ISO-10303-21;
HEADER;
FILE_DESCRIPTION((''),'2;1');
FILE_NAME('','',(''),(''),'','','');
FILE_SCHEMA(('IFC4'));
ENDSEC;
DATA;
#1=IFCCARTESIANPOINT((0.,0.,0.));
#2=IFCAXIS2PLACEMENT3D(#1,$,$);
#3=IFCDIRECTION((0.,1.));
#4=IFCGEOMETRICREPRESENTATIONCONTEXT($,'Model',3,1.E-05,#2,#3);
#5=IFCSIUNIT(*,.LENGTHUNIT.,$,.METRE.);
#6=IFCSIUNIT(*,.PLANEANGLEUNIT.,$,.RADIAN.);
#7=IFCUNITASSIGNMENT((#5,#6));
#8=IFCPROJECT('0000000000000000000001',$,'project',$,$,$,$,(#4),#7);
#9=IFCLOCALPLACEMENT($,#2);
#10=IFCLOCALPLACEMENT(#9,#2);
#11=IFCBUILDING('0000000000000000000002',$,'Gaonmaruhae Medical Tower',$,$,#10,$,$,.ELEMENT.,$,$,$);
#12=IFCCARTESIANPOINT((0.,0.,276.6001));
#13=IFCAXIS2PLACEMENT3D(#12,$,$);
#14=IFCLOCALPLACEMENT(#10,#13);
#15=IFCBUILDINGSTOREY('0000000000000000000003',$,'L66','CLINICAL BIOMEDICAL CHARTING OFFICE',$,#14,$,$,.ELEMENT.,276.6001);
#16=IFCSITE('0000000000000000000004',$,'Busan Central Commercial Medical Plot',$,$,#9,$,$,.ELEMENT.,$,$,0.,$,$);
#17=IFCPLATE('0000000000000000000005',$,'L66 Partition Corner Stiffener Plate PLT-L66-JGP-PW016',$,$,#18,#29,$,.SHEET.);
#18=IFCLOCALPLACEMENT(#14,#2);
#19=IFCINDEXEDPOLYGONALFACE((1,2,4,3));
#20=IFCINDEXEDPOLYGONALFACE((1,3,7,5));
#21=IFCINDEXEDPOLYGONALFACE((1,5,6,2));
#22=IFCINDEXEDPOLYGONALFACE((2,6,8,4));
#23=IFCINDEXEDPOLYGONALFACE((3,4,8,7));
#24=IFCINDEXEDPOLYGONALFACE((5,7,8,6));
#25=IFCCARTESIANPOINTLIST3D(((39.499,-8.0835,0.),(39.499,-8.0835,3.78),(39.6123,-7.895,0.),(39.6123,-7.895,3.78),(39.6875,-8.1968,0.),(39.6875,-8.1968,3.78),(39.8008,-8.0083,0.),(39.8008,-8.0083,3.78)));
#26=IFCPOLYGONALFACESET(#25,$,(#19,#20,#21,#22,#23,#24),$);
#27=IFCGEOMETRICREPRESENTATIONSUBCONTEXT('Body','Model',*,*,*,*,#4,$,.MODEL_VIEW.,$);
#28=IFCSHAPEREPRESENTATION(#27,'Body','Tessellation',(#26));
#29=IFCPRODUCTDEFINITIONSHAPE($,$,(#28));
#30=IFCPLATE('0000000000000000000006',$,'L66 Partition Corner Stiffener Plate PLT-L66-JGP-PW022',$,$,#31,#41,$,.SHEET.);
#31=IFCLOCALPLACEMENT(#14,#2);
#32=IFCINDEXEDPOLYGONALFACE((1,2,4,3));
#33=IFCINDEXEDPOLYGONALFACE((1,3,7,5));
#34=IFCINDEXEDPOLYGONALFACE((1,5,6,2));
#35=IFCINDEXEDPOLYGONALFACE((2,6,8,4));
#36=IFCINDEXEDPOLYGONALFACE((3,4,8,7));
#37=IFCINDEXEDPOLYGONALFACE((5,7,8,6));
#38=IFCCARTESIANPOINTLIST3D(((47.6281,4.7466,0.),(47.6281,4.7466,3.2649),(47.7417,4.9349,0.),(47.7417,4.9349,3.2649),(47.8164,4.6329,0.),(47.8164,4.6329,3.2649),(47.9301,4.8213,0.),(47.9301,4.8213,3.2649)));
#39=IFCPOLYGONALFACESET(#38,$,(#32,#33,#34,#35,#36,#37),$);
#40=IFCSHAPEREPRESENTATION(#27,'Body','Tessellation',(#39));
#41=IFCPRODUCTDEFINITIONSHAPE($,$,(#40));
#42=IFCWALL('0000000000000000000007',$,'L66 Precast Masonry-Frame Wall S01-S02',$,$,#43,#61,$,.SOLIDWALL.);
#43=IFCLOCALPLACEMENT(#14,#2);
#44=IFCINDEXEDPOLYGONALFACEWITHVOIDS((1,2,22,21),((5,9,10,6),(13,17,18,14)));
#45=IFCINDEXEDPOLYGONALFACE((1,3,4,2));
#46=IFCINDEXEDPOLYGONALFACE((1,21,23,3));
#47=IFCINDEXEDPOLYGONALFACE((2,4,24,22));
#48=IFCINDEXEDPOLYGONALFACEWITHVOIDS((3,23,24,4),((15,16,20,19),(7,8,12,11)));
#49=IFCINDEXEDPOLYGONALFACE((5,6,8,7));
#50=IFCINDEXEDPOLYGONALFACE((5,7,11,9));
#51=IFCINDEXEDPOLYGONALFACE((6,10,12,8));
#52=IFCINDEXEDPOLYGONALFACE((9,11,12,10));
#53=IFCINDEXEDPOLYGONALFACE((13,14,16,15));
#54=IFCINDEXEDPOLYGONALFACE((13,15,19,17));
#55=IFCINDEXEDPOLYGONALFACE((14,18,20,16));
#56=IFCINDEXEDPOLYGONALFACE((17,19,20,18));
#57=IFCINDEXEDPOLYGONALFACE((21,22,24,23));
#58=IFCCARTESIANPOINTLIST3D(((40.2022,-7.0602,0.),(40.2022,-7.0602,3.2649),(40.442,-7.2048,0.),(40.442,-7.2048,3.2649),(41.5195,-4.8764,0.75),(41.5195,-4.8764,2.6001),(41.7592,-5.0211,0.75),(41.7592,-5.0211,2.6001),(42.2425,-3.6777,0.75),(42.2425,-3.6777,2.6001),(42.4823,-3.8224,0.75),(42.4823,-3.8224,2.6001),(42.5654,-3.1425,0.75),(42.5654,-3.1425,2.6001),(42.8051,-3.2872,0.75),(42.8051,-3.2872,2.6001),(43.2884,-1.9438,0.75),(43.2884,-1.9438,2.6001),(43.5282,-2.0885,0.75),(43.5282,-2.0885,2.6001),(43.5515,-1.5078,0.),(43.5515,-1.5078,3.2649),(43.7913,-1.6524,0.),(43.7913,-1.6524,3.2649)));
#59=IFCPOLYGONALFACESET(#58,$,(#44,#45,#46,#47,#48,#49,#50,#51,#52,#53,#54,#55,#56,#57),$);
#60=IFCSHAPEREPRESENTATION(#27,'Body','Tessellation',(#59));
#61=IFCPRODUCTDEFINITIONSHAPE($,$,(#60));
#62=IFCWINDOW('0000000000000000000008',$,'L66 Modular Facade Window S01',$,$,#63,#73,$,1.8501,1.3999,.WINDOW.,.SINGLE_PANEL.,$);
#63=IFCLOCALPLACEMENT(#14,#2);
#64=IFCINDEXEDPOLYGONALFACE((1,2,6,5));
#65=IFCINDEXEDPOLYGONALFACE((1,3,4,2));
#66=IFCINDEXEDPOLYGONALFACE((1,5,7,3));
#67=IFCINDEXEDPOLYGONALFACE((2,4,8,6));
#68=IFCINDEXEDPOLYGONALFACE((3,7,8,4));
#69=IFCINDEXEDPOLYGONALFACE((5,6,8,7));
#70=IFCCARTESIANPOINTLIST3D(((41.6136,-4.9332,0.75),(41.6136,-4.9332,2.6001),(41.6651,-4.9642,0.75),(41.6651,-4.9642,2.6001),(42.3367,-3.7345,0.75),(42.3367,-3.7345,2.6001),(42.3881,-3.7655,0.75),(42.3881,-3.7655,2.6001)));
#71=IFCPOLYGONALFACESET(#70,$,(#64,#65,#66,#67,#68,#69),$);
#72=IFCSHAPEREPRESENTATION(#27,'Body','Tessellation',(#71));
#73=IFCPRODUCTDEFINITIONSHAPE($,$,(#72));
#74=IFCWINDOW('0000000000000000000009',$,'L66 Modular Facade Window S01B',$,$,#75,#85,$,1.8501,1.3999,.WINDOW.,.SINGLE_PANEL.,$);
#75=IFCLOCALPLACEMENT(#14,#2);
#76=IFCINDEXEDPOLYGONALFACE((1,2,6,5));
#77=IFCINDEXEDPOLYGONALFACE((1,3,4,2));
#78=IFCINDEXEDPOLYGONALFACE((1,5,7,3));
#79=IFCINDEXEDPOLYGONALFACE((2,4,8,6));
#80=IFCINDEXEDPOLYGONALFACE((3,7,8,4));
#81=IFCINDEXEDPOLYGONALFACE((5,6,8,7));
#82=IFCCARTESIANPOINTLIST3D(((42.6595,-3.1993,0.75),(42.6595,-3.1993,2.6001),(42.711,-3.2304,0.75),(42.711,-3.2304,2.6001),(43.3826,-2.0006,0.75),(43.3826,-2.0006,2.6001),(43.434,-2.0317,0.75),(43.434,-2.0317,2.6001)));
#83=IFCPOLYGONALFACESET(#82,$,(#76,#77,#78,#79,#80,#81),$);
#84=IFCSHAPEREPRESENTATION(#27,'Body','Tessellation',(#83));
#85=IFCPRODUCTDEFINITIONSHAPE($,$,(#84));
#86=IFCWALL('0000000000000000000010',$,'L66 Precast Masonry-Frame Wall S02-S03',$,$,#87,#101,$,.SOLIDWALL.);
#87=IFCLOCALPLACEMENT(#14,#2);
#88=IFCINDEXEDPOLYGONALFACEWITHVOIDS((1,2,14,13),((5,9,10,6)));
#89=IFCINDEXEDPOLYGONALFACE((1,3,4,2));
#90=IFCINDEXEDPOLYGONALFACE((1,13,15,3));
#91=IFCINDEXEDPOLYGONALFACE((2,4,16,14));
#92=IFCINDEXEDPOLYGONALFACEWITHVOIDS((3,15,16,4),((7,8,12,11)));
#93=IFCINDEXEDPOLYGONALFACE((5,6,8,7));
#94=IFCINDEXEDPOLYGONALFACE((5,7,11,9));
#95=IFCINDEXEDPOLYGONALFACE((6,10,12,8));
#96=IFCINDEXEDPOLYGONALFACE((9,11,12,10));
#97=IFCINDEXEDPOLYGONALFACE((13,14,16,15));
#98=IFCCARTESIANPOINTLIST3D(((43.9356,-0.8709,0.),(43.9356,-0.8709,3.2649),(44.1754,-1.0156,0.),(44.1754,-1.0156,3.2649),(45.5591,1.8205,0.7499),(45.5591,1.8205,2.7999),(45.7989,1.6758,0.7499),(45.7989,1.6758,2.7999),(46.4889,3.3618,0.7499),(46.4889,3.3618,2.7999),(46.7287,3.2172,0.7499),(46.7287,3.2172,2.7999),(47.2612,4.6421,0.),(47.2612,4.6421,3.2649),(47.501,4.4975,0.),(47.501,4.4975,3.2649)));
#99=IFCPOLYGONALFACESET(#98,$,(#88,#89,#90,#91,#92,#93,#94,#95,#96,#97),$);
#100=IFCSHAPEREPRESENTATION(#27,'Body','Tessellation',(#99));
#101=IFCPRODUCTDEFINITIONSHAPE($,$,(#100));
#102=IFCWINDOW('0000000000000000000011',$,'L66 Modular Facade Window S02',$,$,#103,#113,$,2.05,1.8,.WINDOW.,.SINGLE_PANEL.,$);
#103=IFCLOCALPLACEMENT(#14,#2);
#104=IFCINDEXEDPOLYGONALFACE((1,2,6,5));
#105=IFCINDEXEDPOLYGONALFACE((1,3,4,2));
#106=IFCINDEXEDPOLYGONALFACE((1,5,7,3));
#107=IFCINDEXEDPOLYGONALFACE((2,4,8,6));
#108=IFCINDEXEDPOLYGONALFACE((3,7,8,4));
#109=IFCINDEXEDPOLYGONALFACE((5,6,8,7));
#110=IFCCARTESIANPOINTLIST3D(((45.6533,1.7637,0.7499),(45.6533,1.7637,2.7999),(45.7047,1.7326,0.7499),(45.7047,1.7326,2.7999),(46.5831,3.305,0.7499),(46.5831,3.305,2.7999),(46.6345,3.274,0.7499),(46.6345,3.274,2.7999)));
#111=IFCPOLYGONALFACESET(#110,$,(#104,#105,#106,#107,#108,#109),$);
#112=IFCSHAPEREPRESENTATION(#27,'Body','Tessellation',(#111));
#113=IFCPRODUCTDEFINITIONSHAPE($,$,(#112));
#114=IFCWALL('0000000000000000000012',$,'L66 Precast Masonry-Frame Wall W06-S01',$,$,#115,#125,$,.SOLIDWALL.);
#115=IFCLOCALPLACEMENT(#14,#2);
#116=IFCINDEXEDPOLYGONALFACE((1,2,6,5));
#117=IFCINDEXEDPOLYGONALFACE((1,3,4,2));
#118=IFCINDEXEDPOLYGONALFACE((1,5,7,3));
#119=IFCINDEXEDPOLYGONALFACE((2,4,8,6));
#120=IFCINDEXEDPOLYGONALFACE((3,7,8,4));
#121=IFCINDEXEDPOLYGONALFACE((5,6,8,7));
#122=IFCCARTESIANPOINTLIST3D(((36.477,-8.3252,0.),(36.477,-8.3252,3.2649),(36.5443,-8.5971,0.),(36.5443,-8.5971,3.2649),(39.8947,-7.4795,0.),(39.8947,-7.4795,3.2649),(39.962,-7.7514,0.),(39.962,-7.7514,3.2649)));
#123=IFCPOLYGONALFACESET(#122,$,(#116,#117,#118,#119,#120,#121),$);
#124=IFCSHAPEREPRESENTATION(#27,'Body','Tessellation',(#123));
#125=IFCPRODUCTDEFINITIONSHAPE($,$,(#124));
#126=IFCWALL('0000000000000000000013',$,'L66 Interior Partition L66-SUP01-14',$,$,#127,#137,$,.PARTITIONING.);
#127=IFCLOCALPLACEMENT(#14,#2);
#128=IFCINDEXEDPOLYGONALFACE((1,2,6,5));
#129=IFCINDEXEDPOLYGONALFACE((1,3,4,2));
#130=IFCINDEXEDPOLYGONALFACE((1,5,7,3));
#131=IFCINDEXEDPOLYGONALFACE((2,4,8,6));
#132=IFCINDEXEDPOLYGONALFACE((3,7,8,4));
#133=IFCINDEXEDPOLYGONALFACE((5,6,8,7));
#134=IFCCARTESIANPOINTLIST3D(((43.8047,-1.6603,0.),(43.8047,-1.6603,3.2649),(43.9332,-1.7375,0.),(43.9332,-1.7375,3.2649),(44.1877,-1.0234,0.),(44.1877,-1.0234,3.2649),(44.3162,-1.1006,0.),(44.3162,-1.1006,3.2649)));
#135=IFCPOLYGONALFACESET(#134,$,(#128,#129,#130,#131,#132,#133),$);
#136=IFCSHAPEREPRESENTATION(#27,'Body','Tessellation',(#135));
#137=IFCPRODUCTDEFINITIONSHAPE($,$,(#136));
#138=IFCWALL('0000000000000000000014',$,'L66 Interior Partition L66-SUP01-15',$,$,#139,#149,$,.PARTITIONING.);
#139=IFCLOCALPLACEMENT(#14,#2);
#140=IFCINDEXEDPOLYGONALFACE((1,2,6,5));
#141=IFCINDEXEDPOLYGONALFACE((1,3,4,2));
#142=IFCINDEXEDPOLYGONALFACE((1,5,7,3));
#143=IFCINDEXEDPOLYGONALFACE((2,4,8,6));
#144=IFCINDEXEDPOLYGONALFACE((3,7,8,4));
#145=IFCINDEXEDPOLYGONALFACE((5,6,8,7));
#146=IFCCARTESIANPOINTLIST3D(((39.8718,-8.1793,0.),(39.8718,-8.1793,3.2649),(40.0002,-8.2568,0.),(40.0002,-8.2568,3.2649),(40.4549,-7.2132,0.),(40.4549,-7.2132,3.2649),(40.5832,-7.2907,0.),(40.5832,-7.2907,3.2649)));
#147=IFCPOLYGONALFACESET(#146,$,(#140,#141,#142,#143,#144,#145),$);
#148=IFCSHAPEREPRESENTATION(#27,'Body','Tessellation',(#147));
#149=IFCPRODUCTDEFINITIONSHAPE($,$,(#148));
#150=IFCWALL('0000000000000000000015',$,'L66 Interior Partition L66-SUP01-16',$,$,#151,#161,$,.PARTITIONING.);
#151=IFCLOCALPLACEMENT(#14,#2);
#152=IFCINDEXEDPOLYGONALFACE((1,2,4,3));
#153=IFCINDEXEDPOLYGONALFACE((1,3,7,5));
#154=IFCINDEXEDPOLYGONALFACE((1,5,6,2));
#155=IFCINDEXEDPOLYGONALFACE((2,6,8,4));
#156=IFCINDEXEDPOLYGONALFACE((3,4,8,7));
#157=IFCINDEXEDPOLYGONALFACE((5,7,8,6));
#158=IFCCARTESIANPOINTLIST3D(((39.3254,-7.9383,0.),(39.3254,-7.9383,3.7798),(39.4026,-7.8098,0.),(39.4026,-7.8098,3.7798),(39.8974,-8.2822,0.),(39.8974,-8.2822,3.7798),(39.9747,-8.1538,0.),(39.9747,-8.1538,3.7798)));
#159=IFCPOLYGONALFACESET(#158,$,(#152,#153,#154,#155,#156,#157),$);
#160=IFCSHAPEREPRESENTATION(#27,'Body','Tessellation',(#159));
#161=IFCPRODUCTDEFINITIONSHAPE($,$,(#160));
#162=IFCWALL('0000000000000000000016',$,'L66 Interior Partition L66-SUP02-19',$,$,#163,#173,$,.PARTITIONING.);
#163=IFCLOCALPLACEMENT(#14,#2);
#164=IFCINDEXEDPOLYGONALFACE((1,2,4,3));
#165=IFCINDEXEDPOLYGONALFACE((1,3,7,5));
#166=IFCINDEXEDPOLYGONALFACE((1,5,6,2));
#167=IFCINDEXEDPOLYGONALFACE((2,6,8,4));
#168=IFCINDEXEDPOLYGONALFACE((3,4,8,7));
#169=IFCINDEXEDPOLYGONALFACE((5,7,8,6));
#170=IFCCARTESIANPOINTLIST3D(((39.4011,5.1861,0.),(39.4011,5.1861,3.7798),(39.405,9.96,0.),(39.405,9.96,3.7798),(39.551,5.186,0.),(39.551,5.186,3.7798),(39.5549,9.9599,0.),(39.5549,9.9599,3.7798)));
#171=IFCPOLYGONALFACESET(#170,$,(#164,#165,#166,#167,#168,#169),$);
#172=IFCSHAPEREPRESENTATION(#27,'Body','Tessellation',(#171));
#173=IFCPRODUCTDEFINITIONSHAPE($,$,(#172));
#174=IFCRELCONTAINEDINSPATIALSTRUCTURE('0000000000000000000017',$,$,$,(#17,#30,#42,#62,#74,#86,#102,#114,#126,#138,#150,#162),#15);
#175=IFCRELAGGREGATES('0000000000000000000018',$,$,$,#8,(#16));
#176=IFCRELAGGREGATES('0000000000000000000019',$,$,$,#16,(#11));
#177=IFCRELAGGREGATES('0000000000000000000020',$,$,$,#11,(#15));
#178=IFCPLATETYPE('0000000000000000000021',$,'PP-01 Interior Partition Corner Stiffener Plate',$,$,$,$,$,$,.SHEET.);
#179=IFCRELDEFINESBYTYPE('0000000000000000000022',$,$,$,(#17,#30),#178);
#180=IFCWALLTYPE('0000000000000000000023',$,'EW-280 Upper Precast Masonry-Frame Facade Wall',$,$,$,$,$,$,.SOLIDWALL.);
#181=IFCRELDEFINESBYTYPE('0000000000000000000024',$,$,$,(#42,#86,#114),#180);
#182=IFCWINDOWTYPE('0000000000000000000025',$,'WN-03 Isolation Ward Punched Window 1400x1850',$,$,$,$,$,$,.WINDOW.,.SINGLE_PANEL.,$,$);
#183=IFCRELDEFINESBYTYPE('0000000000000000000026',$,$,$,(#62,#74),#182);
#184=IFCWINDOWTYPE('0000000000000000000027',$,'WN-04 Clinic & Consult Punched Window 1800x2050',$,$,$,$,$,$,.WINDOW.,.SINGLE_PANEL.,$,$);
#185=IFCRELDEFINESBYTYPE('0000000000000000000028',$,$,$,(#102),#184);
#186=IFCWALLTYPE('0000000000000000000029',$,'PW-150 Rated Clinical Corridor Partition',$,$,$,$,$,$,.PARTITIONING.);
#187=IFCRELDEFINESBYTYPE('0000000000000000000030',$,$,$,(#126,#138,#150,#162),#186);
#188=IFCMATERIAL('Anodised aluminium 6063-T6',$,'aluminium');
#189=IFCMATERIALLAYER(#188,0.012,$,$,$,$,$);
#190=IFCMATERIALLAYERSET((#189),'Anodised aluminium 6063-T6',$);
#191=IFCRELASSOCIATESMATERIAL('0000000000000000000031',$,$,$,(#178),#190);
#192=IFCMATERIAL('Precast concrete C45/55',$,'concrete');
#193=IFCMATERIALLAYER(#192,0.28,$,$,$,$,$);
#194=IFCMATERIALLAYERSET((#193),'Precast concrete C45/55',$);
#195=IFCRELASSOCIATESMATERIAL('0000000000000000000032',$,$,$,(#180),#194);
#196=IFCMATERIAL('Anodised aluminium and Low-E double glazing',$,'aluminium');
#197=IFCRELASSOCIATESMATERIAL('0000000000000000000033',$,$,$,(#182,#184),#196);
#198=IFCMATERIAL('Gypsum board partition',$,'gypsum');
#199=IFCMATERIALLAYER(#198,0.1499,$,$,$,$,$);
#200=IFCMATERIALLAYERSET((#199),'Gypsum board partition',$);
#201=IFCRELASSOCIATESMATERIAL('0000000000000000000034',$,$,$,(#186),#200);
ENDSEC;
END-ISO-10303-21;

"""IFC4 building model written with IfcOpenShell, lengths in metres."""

from ifc_helpers import new_model, si_unit, direction, frame, frame_2d, origin, origin_2d, place, context, subcontext, project, spatial, rectangle, extrude, material, layer, layer_set, type_object, element, fill, save


model = new_model("IFC4")

# Units and contexts
model_context = context("Model", 3, precision=1e-05, world=origin(), true_north=direction((0.0, 1.0)))
body_context = subcontext(model_context, "Body", "Model", "MODEL_VIEW")
ifc_project = project(units=[si_unit("LENGTHUNIT", "METRE"), si_unit("PLANEANGLEUNIT", "RADIAN")], contexts=[model_context])

# Site, building, storey
site_placement = place(None, origin())
site = spatial("IfcSite", under=ifc_project, at=site_placement, Name="Busan Central Commercial Medical Plot", CompositionType="ELEMENT", RefElevation=0.0)
building_placement = place(site_placement, origin())
building = spatial("IfcBuilding", under=site, at=building_placement, Name="Gaonmaruhae Medical Tower", CompositionType="ELEMENT")
storey_placement = place(building_placement, frame((0.0, 0.0, 276.6001)))
storey = spatial("IfcBuildingStorey", under=building, at=storey_placement, Name="L66", Description="CLINICAL BIOMEDICAL CHARTING OFFICE", CompositionType="ELEMENT", Elevation=276.6001)

# Plates
ifc_material_1 = material(Name="Anodised aluminium 6063-T6", Category="aluminium")
ifc_layer_1 = layer(ifc_material_1, 0.012)
ifc_layer_set_1 = layer_set([ifc_layer_1], Name="Anodised aluminium 6063-T6")
plate_type = type_object("IfcPlateType", Name="PP-01 Interior Partition Corner Stiffener Plate", PredefinedType="SHEET", material=ifc_layer_set_1)
plate_1_placement = place(storey_placement, frame((39.6499, -8.0459, 0.0), z_axis=(0.0, 0.0, 1.0), x_axis=(-0.85696, 0.515382, 0.0)))
element("IfcPlate", 1, at=plate_1_placement, inside=storey, type_object=plate_type, Name="L66 Partition Corner Stiffener Plate PLT-L66-JGP-PW016", PredefinedType="SHEET", context=body_context, shape_type="SweptSolid", body=[
    extrude(rectangle(XDim=0.22, YDim=0.22, at=origin_2d()), origin(), (0.0, 0.0, 1.0), 3.78),
])
plate_2_placement = place(storey_placement, frame((47.7791, 4.7839, 0.0), z_axis=(0.0, 0.0, 1.0), x_axis=(-0.516757, -0.856132, 0.0)))
element("IfcPlate", 2, at=plate_2_placement, inside=storey, type_object=plate_type, Name="L66 Partition Corner Stiffener Plate PLT-L66-JGP-PW022", PredefinedType="SHEET", context=body_context, shape_type="SweptSolid", body=[
    extrude(rectangle(XDim=0.22, YDim=0.22, at=origin_2d()), origin(), (0.0, 0.0, 1.0), 3.2649),
])

# Wall, openings, windows
ifc_material_2 = material(Name="Precast concrete C45/55", Category="concrete")
ifc_layer_2 = layer(ifc_material_2, 0.28)
ifc_layer_set_2 = layer_set([ifc_layer_2], Name="Precast concrete C45/55")
wall_type_1 = type_object("IfcWallType", Name="EW-280 Upper Precast Masonry-Frame Facade Wall", PredefinedType="SOLIDWALL", material=ifc_layer_set_2)
wall_1_placement = place(storey_placement, frame((43.6714, -1.5801, 0.0), z_axis=(0.0, 0.0, 1.0), x_axis=(-0.516521, -0.856275, 0.0)))
wall_1 = element("IfcWall", 3, at=wall_1_placement, inside=storey, type_object=wall_type_1, Name="L66 Precast Masonry-Frame Wall S01-S02", PredefinedType="SOLIDWALL", context=body_context, shape_type="SweptSolid", body=[
    extrude(rectangle(XDim=6.4844, YDim=0.28, at=frame_2d((3.2422, 0.0))), origin(), (0.0, 0.0, 1.0), 3.2649),
])
opening_1_placement = place(wall_1_placement, frame((2.5342, 0.0, 0.75)))
opening_1 = element("IfcOpeningElement", 4, at=opening_1_placement, cuts=wall_1, PredefinedType="OPENING", context=body_context, shape_type="SweptSolid", body=[
    extrude(rectangle(XDim=1.3999, YDim=1.8501, at=frame_2d((0.7, 0.925))), frame((0.0, 0.1499, 0.0), z_axis=(0.0, -1.0, 0.0), x_axis=(1.0, 0.0, 0.0)), (0.0, 0.0, 1.0), 0.3),
])
opening_2_placement = place(wall_1_placement, frame((0.5093, 0.0, 0.75)))
opening_2 = element("IfcOpeningElement", 5, at=opening_2_placement, cuts=wall_1, PredefinedType="OPENING", context=body_context, shape_type="SweptSolid", body=[
    extrude(rectangle(XDim=1.3999, YDim=1.8501, at=frame_2d((0.7, 0.925))), frame((0.0, 0.1499, 0.0), z_axis=(0.0, -1.0, 0.0), x_axis=(1.0, 0.0, 0.0)), (0.0, 0.0, 1.0), 0.3),
])
ifc_material_3 = material(Name="Anodised aluminium and Low-E double glazing", Category="aluminium")
window_type_1 = type_object("IfcWindowType", Name="WN-03 Isolation Ward Punched Window 1400x1850", PartitioningType="SINGLE_PANEL", PredefinedType="WINDOW", material=ifc_material_3)
window_1_placement = place(opening_1_placement, origin())
window_1 = element("IfcWindow", 6, at=window_1_placement, inside=storey, type_object=window_type_1, Name="L66 Modular Facade Window S01", OverallHeight=1.8501, OverallWidth=1.3999, PartitioningType="SINGLE_PANEL", PredefinedType="WINDOW", context=body_context, shape_type="SweptSolid", body=[
    extrude(rectangle(XDim=1.3999, YDim=1.8501, at=frame_2d((0.7, 0.925))), frame((0.0, 0.03, 0.0), z_axis=(0.0, -1.0, 0.0), x_axis=(1.0, 0.0, 0.0)), (0.0, 0.0, 1.0), 0.0601),
])
fill(opening_1, window_1)
window_2_placement = place(opening_2_placement, origin())
window_2 = element("IfcWindow", 7, at=window_2_placement, inside=storey, type_object=window_type_1, Name="L66 Modular Facade Window S01B", OverallHeight=1.8501, OverallWidth=1.3999, PartitioningType="SINGLE_PANEL", PredefinedType="WINDOW", context=body_context, shape_type="SweptSolid", body=[
    extrude(rectangle(XDim=1.3999, YDim=1.8501, at=frame_2d((0.7, 0.925))), frame((0.0, 0.03, 0.0), z_axis=(0.0, -1.0, 0.0), x_axis=(1.0, 0.0, 0.0)), (0.0, 0.0, 1.0), 0.0601),
])
fill(opening_2, window_2)

# Wall, opening, window
wall_2_placement = place(storey_placement, frame((47.3811, 4.5698, 0.0), z_axis=(0.0, 0.0, 1.0), x_axis=(-0.516524, -0.856273, 0.0)))
wall_2 = element("IfcWall", 8, at=wall_2_placement, inside=storey, type_object=wall_type_1, Name="L66 Precast Masonry-Frame Wall S02-S03", PredefinedType="SOLIDWALL", context=body_context, shape_type="SweptSolid", body=[
    extrude(rectangle(XDim=6.4385, YDim=0.28, at=frame_2d((3.2192, 0.0))), origin(), (0.0, 0.0, 1.0), 3.2649),
])
opening_3_placement = place(wall_2_placement, frame((1.4954, 0.0, 0.75)))
opening_3 = element("IfcOpeningElement", 9, at=opening_3_placement, cuts=wall_2, PredefinedType="OPENING", context=body_context, shape_type="SweptSolid", body=[
    extrude(rectangle(XDim=1.8, YDim=2.05, at=frame_2d((0.8999, 1.0249))), frame((0.0, 0.1499, 0.0), z_axis=(0.0, -1.0, 0.0), x_axis=(1.0, 0.0, 0.0)), (0.0, 0.0, 1.0), 0.3),
])
window_type_2 = type_object("IfcWindowType", Name="WN-04 Clinic & Consult Punched Window 1800x2050", PartitioningType="SINGLE_PANEL", PredefinedType="WINDOW", material=ifc_material_3)
window_3_placement = place(opening_3_placement, origin())
window_3 = element("IfcWindow", 10, at=window_3_placement, inside=storey, type_object=window_type_2, Name="L66 Modular Facade Window S02", OverallHeight=2.05, OverallWidth=1.8, PartitioningType="SINGLE_PANEL", PredefinedType="WINDOW", context=body_context, shape_type="SweptSolid", body=[
    extrude(rectangle(XDim=1.8, YDim=2.05, at=frame_2d((0.8999, 1.0249))), frame((0.0, 0.03, 0.0), z_axis=(0.0, -1.0, 0.0), x_axis=(1.0, 0.0, 0.0)), (0.0, 0.0, 1.0), 0.0601),
])
fill(opening_3, window_3)

# Walls
wall_3_placement = place(storey_placement, frame((39.9282, -7.6155, 0.0), z_axis=(0.0, 0.0, 1.0), x_axis=(-0.970723, -0.240202, 0.0)))
element("IfcWall", 11, at=wall_3_placement, inside=storey, type_object=wall_type_1, Name="L66 Precast Masonry-Frame Wall W06-S01", PredefinedType="SOLIDWALL", context=body_context, shape_type="SweptSolid", body=[
    extrude(rectangle(XDim=3.5208, YDim=0.28, at=frame_2d((1.7603, 0.0))), origin(), (0.0, 0.0, 1.0), 3.2649),
])
ifc_material_4 = material(Name="Gypsum board partition", Category="gypsum")
ifc_layer_3 = layer(ifc_material_4, 0.1499)
ifc_layer_set_3 = layer_set([ifc_layer_3], Name="Gypsum board partition")
wall_type_2 = type_object("IfcWallType", Name="PW-150 Rated Clinical Corridor Partition", PredefinedType="PARTITIONING", material=ifc_layer_set_3)
wall_4_placement = place(storey_placement, frame((44.252, -1.062, 0.0), z_axis=(0.0, 0.0, 1.0), x_axis=(-0.515365, -0.856971, 0.0)))
element("IfcWall", 12, at=wall_4_placement, inside=storey, type_object=wall_type_2, Name="L66 Interior Partition L66-SUP01-14", PredefinedType="PARTITIONING", context=body_context, shape_type="SweptSolid", body=[
    extrude(rectangle(XDim=0.7432, YDim=0.1499, at=frame_2d((0.3716, 0.0))), origin(), (0.0, 0.0, 1.0), 3.2649),
])
wall_5_placement = place(storey_placement, frame((40.519, -7.252, 0.0), z_axis=(0.0, 0.0, 1.0), x_axis=(-0.51669, -0.856173, 0.0)))
element("IfcWall", 13, at=wall_5_placement, inside=storey, type_object=wall_type_2, Name="L66 Interior Partition L66-SUP01-15", PredefinedType="PARTITIONING", context=body_context, shape_type="SweptSolid", body=[
    extrude(rectangle(XDim=1.1284, YDim=0.1499, at=frame_2d((0.5642, 0.0))), origin(), (0.0, 0.0, 1.0), 3.2649),
])
wall_6_placement = place(storey_placement, frame((39.936, -8.218, 0.0), z_axis=(0.0, 0.0, 1.0), x_axis=(-0.856976, 0.515356, 0.0)))
element("IfcWall", 14, at=wall_6_placement, inside=storey, type_object=wall_type_2, Name="L66 Interior Partition L66-SUP01-16", PredefinedType="PARTITIONING", context=body_context, shape_type="SweptSolid", body=[
    extrude(rectangle(XDim=0.6675, YDim=0.1499, at=frame_2d((0.3337, 0.0))), origin(), (0.0, 0.0, 1.0), 3.7798),
])
wall_7_placement = place(storey_placement, frame((39.4761, 5.186, 0.0), z_axis=(0.0, 0.0, 1.0), x_axis=(0.000818, 1.0, 0.0)))
element("IfcWall", 15, at=wall_7_placement, inside=storey, type_object=wall_type_2, Name="L66 Interior Partition L66-SUP02-19", PredefinedType="PARTITIONING", context=body_context, shape_type="SweptSolid", body=[
    extrude(rectangle(XDim=4.7739, YDim=0.1499, at=frame_2d((2.387, 0.0))), origin(), (0.0, 0.0, 1.0), 3.7798),
])

save(model, "model.ifc")
